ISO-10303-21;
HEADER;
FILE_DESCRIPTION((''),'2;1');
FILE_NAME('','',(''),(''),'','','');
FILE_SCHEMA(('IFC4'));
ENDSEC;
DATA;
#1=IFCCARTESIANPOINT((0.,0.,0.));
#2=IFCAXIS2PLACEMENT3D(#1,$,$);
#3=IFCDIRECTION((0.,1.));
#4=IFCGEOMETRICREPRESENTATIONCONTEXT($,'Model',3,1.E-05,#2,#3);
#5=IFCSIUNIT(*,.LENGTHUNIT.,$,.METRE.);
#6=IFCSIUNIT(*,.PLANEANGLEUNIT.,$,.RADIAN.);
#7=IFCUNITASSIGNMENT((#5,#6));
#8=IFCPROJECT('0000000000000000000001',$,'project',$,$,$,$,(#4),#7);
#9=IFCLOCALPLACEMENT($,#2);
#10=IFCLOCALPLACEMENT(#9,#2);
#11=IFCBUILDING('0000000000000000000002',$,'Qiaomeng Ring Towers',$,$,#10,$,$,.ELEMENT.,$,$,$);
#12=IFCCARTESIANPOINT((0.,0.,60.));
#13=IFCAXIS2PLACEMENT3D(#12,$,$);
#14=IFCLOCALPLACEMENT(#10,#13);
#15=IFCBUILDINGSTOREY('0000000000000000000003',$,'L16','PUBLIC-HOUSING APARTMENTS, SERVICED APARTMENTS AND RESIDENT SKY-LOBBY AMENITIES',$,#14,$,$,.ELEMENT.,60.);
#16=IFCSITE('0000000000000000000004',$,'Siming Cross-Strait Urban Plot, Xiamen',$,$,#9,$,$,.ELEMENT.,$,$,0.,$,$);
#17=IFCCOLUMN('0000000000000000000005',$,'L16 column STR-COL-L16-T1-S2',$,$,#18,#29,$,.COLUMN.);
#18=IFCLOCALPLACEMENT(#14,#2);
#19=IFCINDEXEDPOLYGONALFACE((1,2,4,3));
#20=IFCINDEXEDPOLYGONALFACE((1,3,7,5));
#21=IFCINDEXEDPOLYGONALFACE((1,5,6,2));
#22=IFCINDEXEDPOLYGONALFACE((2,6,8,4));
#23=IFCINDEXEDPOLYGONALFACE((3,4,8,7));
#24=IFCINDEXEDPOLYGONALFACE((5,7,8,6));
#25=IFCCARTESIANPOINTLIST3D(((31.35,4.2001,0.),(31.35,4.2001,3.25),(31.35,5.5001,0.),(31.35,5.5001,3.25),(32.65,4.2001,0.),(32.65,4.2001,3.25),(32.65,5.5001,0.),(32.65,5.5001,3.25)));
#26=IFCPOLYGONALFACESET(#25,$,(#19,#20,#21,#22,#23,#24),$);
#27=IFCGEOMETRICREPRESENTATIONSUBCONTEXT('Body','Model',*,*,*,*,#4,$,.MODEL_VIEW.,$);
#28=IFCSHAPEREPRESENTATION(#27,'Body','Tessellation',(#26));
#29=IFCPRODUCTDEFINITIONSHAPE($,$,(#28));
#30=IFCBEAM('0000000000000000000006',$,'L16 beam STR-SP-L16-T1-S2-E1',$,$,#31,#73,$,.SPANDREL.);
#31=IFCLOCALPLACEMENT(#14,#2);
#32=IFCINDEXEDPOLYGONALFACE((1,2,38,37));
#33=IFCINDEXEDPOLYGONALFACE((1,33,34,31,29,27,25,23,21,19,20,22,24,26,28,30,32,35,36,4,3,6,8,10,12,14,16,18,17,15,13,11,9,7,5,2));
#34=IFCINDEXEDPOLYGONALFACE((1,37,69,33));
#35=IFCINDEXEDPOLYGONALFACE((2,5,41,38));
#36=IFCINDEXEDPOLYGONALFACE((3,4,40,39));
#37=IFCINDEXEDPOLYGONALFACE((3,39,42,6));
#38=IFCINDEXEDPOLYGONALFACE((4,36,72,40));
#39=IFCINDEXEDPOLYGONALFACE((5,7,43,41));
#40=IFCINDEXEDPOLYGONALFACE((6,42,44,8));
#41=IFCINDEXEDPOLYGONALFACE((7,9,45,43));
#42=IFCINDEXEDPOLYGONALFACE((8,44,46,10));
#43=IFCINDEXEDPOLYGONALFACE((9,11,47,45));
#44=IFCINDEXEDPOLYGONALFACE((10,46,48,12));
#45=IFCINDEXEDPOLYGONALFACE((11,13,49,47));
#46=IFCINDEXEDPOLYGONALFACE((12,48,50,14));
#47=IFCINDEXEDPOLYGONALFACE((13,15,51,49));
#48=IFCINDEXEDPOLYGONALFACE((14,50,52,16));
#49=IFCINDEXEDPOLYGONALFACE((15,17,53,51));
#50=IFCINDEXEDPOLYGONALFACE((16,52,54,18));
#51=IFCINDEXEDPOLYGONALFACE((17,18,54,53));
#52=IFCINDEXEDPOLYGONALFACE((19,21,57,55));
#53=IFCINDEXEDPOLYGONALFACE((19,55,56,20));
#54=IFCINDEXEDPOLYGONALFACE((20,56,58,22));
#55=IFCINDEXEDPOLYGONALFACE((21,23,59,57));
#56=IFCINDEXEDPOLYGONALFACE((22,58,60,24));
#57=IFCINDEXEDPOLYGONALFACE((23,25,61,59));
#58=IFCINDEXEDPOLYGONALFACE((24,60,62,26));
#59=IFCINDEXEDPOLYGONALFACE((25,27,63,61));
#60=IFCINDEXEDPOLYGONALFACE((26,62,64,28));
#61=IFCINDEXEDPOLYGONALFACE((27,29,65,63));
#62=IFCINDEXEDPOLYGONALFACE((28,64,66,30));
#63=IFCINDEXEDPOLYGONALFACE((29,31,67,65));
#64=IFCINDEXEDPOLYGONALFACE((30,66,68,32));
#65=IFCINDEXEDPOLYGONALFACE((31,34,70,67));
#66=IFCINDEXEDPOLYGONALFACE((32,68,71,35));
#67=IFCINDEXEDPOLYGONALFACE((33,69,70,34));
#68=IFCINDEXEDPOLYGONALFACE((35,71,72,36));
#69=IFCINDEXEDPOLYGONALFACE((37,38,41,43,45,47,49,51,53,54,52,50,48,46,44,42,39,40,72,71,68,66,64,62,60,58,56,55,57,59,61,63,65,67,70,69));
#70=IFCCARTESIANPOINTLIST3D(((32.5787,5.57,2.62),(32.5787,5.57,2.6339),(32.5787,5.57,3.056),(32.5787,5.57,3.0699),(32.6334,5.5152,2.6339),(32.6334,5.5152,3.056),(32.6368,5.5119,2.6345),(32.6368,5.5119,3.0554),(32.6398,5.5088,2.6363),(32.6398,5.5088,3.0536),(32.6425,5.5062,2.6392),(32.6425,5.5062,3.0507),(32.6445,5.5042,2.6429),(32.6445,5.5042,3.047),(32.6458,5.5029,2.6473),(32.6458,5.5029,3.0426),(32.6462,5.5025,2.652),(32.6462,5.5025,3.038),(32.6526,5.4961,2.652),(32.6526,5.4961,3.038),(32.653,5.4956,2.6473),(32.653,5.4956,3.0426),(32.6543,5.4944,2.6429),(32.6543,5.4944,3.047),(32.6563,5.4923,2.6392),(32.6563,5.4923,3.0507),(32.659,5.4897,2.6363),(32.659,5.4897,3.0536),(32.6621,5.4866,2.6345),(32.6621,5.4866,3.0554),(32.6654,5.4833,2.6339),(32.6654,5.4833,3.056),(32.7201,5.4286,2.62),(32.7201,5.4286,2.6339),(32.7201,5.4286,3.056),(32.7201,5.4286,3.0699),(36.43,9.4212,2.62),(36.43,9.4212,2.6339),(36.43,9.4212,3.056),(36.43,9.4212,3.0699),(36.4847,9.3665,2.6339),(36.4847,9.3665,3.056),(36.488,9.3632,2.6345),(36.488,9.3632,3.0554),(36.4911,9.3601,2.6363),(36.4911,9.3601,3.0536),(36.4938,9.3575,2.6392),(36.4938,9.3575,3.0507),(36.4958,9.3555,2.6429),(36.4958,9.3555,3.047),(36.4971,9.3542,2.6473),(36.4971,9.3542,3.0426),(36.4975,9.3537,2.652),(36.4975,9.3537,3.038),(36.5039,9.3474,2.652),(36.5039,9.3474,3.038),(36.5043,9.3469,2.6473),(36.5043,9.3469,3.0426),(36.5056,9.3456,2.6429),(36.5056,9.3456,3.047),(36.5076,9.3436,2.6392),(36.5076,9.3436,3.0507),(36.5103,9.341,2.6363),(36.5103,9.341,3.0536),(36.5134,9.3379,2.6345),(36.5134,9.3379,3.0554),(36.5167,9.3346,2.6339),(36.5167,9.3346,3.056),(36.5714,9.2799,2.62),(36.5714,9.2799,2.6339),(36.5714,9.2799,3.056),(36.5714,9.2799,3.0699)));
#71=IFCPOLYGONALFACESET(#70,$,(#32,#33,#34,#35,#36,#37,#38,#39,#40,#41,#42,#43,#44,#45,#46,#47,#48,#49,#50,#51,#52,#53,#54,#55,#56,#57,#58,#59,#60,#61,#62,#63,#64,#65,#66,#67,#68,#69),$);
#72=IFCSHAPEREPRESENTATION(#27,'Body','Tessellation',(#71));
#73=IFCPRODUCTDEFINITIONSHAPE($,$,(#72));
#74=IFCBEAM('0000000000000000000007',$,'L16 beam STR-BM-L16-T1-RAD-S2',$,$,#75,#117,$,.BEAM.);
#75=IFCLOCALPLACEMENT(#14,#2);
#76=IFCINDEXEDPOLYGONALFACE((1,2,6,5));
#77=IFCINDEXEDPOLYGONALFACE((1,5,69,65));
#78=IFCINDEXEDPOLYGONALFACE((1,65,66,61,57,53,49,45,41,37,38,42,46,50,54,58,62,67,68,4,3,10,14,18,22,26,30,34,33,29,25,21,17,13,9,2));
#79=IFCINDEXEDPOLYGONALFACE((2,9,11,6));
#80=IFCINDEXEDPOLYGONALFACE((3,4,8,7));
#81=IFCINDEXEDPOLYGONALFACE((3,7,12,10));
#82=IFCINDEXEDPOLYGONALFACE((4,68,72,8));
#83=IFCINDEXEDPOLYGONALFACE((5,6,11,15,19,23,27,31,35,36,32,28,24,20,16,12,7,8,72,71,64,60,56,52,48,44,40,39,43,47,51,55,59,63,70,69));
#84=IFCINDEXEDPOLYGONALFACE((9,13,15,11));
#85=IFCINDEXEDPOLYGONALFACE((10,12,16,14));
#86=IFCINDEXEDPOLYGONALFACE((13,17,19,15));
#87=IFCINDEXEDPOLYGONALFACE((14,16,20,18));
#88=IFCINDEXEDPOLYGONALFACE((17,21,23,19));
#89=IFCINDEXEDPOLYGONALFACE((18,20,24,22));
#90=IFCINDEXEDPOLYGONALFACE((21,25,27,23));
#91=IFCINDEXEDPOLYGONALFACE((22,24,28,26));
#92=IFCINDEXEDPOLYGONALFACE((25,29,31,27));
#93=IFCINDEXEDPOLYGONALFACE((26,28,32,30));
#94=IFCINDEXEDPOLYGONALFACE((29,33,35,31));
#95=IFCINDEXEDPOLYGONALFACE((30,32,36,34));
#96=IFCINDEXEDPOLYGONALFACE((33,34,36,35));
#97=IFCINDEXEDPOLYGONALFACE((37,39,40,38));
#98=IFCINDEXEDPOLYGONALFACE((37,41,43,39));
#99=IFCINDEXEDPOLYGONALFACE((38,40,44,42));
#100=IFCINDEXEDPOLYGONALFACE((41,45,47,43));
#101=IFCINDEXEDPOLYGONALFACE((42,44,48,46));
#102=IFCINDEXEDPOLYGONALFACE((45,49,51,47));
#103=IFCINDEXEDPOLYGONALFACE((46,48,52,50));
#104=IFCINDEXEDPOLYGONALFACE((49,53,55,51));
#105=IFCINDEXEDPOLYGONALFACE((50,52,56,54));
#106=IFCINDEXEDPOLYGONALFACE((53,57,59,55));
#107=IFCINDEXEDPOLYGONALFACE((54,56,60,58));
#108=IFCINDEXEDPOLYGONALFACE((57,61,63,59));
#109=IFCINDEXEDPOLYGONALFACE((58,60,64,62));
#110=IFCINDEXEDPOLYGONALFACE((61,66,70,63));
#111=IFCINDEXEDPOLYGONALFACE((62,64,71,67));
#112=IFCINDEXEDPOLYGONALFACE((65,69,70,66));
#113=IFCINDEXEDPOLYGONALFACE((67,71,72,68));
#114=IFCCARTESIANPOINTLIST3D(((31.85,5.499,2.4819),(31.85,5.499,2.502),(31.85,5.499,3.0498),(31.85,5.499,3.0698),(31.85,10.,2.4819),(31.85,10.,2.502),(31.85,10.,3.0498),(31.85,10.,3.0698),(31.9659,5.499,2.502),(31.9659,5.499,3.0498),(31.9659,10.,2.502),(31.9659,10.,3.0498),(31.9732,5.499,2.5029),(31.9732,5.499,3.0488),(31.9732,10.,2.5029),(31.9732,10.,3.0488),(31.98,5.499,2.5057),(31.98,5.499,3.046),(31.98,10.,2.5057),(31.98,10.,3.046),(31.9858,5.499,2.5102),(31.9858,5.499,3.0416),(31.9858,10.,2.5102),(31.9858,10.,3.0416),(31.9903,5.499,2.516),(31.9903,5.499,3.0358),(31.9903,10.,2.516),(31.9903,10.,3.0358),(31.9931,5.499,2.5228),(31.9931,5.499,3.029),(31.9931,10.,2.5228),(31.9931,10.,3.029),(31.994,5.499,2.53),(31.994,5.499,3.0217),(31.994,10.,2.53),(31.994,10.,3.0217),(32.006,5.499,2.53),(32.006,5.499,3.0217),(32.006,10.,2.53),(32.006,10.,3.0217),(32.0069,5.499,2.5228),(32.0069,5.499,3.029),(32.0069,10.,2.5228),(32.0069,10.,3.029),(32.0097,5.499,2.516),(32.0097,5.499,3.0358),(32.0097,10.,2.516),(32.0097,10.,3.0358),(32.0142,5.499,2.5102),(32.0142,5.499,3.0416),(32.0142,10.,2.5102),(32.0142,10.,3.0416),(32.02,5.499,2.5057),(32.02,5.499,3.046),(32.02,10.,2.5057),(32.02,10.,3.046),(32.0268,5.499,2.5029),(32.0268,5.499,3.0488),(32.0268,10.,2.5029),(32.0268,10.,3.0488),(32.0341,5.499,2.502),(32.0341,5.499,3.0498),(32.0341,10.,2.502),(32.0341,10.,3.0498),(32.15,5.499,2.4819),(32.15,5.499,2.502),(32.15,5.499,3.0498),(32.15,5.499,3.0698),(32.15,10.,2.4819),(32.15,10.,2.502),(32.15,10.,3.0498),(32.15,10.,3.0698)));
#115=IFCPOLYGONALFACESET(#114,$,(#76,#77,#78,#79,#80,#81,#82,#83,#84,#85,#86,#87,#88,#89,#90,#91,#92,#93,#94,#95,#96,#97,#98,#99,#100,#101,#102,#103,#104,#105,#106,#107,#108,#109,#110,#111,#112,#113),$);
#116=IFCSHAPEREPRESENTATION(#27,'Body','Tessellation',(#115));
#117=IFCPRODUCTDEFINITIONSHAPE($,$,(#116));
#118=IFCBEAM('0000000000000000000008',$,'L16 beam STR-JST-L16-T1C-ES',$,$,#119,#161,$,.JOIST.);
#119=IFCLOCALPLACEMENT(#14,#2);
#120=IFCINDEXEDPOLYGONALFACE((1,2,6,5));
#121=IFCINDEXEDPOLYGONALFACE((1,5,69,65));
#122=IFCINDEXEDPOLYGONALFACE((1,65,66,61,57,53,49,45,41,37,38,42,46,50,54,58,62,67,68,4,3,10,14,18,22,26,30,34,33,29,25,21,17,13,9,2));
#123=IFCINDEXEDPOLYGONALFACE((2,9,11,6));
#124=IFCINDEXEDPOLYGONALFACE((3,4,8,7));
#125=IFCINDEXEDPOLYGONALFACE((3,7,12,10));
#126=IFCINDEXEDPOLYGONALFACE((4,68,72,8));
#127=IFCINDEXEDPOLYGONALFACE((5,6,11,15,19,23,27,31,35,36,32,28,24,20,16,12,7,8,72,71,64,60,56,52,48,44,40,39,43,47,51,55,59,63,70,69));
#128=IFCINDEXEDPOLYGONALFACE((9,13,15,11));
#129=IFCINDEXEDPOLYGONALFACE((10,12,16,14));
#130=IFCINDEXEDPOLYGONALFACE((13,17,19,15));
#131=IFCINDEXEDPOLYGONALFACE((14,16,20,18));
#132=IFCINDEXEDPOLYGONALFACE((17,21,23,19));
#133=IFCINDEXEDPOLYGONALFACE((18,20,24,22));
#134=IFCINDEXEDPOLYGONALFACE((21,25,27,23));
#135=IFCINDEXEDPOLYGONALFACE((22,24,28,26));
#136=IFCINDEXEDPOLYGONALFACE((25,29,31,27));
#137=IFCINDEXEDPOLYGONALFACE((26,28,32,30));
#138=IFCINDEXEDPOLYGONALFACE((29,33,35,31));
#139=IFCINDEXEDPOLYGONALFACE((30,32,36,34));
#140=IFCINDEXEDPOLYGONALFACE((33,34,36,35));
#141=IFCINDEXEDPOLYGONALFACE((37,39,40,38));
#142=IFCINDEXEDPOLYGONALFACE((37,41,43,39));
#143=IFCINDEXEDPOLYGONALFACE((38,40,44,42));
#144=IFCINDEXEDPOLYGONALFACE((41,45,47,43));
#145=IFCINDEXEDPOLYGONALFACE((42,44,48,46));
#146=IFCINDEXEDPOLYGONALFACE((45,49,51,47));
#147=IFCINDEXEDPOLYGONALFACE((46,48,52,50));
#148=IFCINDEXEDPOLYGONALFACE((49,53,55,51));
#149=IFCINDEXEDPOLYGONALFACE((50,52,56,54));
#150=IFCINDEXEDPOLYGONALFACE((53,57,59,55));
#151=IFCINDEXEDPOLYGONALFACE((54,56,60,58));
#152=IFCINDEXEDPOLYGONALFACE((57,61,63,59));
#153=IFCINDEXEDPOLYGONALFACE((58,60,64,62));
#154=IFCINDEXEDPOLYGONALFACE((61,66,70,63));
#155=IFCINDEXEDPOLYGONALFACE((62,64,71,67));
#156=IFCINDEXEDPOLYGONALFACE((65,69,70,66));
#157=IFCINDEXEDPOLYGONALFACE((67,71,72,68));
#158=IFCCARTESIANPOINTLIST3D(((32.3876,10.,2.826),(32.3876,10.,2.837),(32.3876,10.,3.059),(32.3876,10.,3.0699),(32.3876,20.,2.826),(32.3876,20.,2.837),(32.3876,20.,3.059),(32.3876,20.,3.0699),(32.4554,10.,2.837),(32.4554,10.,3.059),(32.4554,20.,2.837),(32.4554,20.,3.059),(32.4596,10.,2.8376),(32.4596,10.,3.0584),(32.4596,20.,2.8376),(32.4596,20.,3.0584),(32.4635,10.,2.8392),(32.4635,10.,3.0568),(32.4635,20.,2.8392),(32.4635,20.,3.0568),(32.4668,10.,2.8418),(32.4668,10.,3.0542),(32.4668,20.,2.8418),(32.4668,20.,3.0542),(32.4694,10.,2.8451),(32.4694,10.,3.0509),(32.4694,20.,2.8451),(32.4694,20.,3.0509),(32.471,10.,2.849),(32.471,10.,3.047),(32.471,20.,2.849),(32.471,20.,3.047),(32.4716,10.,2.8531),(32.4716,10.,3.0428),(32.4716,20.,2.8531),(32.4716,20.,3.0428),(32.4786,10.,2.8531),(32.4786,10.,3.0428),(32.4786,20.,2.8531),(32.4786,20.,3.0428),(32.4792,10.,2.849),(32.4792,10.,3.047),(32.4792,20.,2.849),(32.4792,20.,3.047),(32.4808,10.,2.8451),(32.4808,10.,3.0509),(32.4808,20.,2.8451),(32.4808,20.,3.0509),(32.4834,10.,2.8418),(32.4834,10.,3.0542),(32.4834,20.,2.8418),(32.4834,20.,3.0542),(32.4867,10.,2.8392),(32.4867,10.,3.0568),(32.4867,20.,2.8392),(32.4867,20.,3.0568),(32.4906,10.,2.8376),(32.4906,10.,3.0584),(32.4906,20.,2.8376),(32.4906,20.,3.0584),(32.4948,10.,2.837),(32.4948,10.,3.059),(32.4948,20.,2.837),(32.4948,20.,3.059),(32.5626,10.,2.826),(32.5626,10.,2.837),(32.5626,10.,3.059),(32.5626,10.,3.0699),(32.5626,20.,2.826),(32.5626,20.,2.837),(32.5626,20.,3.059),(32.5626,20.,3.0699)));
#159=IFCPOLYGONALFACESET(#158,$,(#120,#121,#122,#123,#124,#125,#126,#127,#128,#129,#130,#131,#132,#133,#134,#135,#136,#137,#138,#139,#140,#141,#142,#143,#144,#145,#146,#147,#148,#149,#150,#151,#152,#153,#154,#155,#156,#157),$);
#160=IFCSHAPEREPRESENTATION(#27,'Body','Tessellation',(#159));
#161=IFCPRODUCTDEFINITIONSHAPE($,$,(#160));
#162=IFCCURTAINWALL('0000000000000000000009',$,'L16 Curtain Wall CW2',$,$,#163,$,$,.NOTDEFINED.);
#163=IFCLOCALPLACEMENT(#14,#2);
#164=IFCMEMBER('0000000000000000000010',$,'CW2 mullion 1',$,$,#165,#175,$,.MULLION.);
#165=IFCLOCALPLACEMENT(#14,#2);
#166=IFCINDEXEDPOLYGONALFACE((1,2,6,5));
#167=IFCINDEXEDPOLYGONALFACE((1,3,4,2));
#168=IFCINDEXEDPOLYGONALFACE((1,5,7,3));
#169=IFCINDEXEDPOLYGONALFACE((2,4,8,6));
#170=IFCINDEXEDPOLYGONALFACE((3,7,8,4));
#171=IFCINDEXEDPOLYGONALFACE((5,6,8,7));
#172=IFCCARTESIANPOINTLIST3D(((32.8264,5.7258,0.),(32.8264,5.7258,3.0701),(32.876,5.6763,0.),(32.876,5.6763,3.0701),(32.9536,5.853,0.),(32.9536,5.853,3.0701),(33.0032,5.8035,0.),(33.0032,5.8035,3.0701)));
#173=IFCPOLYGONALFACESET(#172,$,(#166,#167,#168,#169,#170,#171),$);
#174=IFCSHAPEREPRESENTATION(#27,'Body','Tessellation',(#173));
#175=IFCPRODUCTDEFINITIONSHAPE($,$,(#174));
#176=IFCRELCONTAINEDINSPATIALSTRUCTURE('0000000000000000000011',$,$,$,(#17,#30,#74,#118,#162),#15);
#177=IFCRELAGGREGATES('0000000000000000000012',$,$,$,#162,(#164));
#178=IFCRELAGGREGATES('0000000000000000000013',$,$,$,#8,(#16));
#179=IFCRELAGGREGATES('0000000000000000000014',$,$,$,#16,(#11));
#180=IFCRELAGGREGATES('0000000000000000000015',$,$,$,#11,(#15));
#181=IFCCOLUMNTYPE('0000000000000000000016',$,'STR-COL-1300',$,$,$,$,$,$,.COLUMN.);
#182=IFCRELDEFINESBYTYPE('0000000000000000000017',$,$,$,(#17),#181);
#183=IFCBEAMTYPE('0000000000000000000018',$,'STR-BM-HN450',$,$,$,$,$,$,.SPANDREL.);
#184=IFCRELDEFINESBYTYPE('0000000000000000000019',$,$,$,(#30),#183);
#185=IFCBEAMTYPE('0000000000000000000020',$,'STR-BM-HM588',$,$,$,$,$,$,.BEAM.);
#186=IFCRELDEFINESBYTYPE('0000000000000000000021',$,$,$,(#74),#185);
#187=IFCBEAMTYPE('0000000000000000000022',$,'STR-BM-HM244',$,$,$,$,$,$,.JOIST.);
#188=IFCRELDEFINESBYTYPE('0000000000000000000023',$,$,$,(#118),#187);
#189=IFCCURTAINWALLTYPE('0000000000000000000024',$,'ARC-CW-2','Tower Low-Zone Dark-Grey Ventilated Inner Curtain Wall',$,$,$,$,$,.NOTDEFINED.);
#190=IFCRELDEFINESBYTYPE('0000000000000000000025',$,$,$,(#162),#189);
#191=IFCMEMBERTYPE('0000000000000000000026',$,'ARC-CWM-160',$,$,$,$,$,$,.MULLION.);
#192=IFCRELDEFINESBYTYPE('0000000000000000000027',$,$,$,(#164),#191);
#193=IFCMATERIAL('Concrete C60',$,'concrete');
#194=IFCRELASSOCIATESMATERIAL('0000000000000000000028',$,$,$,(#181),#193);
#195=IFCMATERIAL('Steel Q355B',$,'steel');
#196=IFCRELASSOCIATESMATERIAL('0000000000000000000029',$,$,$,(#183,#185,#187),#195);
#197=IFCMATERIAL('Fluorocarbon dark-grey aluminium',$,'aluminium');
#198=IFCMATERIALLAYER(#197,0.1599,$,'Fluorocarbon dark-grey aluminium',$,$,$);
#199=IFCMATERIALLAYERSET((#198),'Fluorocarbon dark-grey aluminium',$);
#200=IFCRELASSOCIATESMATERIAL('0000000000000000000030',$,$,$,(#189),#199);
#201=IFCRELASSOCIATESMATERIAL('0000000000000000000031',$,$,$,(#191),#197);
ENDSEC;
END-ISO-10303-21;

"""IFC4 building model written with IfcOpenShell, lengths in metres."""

from ifc_helpers import new_model, si_unit, direction, frame, origin, origin_2d, place, context, subcontext, project, spatial, rectangle, i_section, extrude, source, transform, mapped, material, layer, layer_set, material_profile, profile_set, type_object, element, aggregate, save


model = new_model("IFC4")

# Units and contexts
model_context = context("Model", 3, precision=1e-05, world=origin(), true_north=direction((0.0, 1.0)))
body_context = subcontext(model_context, "Body", "Model", "MODEL_VIEW")
ifc_project = project(units=[si_unit("LENGTHUNIT", "METRE"), si_unit("PLANEANGLEUNIT", "RADIAN")], contexts=[model_context])

# Site, building, storey
site_placement = place(None, origin())
site = spatial("IfcSite", under=ifc_project, at=site_placement, Name="Siming Cross-Strait Urban Plot, Xiamen", CompositionType="ELEMENT", RefElevation=0.0)
building_placement = place(site_placement, origin())
building = spatial("IfcBuilding", under=site, at=building_placement, Name="Qiaomeng Ring Towers", CompositionType="ELEMENT")
storey_placement = place(building_placement, frame((0.0, 0.0, 60.0)))
storey = spatial("IfcBuildingStorey", under=building, at=storey_placement, Name="L16", Description="PUBLIC-HOUSING APARTMENTS, SERVICED APARTMENTS AND RESIDENT SKY-LOBBY AMENITIES", CompositionType="ELEMENT", Elevation=60.0)

# Column
ifc_material_1 = material(Name="Concrete C60", Category="concrete")
ifc_material_profile_1 = material_profile(ifc_material_1, rectangle(XDim=1.3, YDim=1.3, at=origin_2d()), Name="RC COL 1300x1300")
ifc_profile_set_1 = profile_set([ifc_material_profile_1], Name="Concrete C60")
column_type = type_object("IfcColumnType", Name="STR-COL-1300", PredefinedType="COLUMN", material=ifc_profile_set_1)
shared_shape_1 = source(origin(), body_context, "Body", "SweptSolid", [
    extrude(rectangle(XDim=1.3, YDim=1.3, at=origin_2d()), origin(), (0.0, 0.0, 1.0), 3.25),
])
column_placement = place(storey_placement, frame((32.0, 4.8501, 0.0), z_axis=(0.0, 0.0, 1.0), x_axis=(1.0, 0.0, 0.0)))
element("IfcColumn", 1, at=column_placement, inside=storey, type_object=column_type, Name="L16 column STR-COL-L16-T1-S2", PredefinedType="COLUMN", context=body_context, shape_type="MappedRepresentation", body=[
    mapped(shared_shape_1, transform((0.0, 0.0, 0.0), x_axis=(1.0, 0.0, 0.0), y_axis=(0.0, 1.0, 0.0), z_axis=(0.0, 0.0, 1.0), scale=1.0)),
])

# Beams
ifc_material_2 = material(Name="Steel Q355B", Category="steel")
ifc_material_profile_2 = material_profile(ifc_material_2, i_section(OverallWidth=0.2, OverallDepth=0.45, WebThickness=0.009, FlangeThickness=0.0139, FilletRadius=0.0181, at=origin_2d()), Name="HN 450x200x9x14")
ifc_profile_set_2 = profile_set([ifc_material_profile_2], Name="Steel Q355B")
beam_type_1 = type_object("IfcBeamType", Name="STR-BM-HN450", PredefinedType="SPANDREL", material=ifc_profile_set_2)
shared_shape_2 = source(origin(), body_context, "Body", "SweptSolid", [
    extrude(i_section(OverallWidth=0.2, OverallDepth=0.45, WebThickness=0.009, FlangeThickness=0.0139, FilletRadius=0.0181, at=origin_2d()), origin(), (0.0, 0.0, 1.0), 5.4465),
])
beam_1_placement = place(storey_placement, frame((32.6494, 5.4993, 2.845), z_axis=(0.707107, 0.707107, 0.0), x_axis=(-0.707107, 0.707107, 0.0)))
element("IfcBeam", 2, at=beam_1_placement, inside=storey, type_object=beam_type_1, Name="L16 beam STR-SP-L16-T1-S2-E1", PredefinedType="SPANDREL", context=body_context, shape_type="MappedRepresentation", body=[
    mapped(shared_shape_2, transform((0.0, 0.0, 0.0), x_axis=(1.0, 0.0, 0.0), y_axis=(0.0, 1.0, 0.0), z_axis=(0.0, 0.0, 1.0), scale=1.0)),
])
ifc_material_profile_3 = material_profile(ifc_material_2, i_section(OverallWidth=0.3, OverallDepth=0.5879, WebThickness=0.012, FlangeThickness=0.02, FilletRadius=0.0281, at=origin_2d()), Name="HM 588x300x12x20")
ifc_profile_set_3 = profile_set([ifc_material_profile_3], Name="Steel Q355B")
beam_type_2 = type_object("IfcBeamType", Name="STR-BM-HM588", PredefinedType="BEAM", material=ifc_profile_set_3)
shared_shape_3 = source(origin(), body_context, "Body", "SweptSolid", [
    extrude(i_section(OverallWidth=0.3, OverallDepth=0.5879, WebThickness=0.012, FlangeThickness=0.02, FilletRadius=0.0281, at=origin_2d()), origin(), (0.0, 0.0, 1.0), 4.501),
])
beam_2_placement = place(storey_placement, frame((32.0, 5.499, 2.7759), z_axis=(0.0, 1.0, 0.0), x_axis=(-1.0, 0.0, 0.0)))
element("IfcBeam", 3, at=beam_2_placement, inside=storey, type_object=beam_type_2, Name="L16 beam STR-BM-L16-T1-RAD-S2", PredefinedType="BEAM", context=body_context, shape_type="MappedRepresentation", body=[
    mapped(shared_shape_3, transform((0.0, 0.0, 0.0), x_axis=(1.0, 0.0, 0.0), y_axis=(0.0, 1.0, 0.0), z_axis=(0.0, 0.0, 1.0), scale=1.0)),
])
ifc_material_profile_4 = material_profile(ifc_material_2, i_section(OverallWidth=0.175, OverallDepth=0.2439, WebThickness=0.0071, FlangeThickness=0.011, FilletRadius=0.0161, at=origin_2d()), Name="HM 244x175x7x11")
ifc_profile_set_4 = profile_set([ifc_material_profile_4], Name="Steel Q355B")
beam_type_3 = type_object("IfcBeamType", Name="STR-BM-HM244", PredefinedType="JOIST", material=ifc_profile_set_4)
shared_shape_4 = source(origin(), body_context, "Body", "SweptSolid", [
    extrude(i_section(OverallWidth=0.175, OverallDepth=0.2439, WebThickness=0.0071, FlangeThickness=0.011, FilletRadius=0.0161, at=origin_2d()), origin(), (0.0, 0.0, 1.0), 10.0),
])
beam_3_placement = place(storey_placement, frame((32.4751, 10.0, 2.948), z_axis=(0.0, 1.0, 0.0), x_axis=(-1.0, 0.0, 0.0)))
element("IfcBeam", 4, at=beam_3_placement, inside=storey, type_object=beam_type_3, Name="L16 beam STR-JST-L16-T1C-ES", PredefinedType="JOIST", context=body_context, shape_type="MappedRepresentation", body=[
    mapped(shared_shape_4, transform((0.0, 0.0, 0.0), x_axis=(1.0, 0.0, 0.0), y_axis=(0.0, 1.0, 0.0), z_axis=(0.0, 0.0, 1.0), scale=1.0)),
])

# Curtain wall, member
ifc_material_3 = material(Name="Fluorocarbon dark-grey aluminium", Category="aluminium")
ifc_layer_1 = layer(ifc_material_3, 0.1599, Name="Fluorocarbon dark-grey aluminium")
ifc_layer_set_1 = layer_set([ifc_layer_1], Name="Fluorocarbon dark-grey aluminium")
curtain_wall_type = type_object("IfcCurtainWallType", Name="ARC-CW-2", Description="Tower Low-Zone Dark-Grey Ventilated Inner Curtain Wall", PredefinedType="NOTDEFINED", material=ifc_layer_set_1)
curtain_wall_placement = place(storey_placement, origin())
curtain_wall = element("IfcCurtainWall", 5, at=curtain_wall_placement, inside=storey, type_object=curtain_wall_type, Name="L16 Curtain Wall CW2", PredefinedType="NOTDEFINED")
ifc_material_profile_5 = material_profile(ifc_material_3, rectangle(XDim=0.0701, YDim=0.1799, at=origin_2d()), Name="ALU MULL 70x180")
ifc_profile_set_5 = profile_set([ifc_material_profile_5], Name="Fluorocarbon dark-grey aluminium")
member_type_1 = type_object("IfcMemberType", Name="ARC-CWM-160", PredefinedType="MULLION", material=ifc_profile_set_5)
shared_shape_5 = source(origin(), body_context, "Body", "SweptSolid", [
    extrude(rectangle(XDim=0.0701, YDim=0.1799, at=origin_2d()), origin(), (0.0, 0.0, 1.0), 3.0701),
])
member_1_placement = place(storey_placement, frame((32.9148, 5.7646, 0.0), z_axis=(0.0, 0.0, 1.0), x_axis=(-0.707107, 0.707107, 0.0)))
member_1 = element("IfcMember", 6, at=member_1_placement, type_object=member_type_1, Name="CW2 mullion 1", PredefinedType="MULLION", context=body_context, shape_type="MappedRepresentation", body=[
    mapped(shared_shape_5, transform((0.0, 0.0, 0.0), x_axis=(1.0, 0.0, 0.0), y_axis=(0.0, 1.0, 0.0), z_axis=(0.0, 0.0, 1.0), scale=1.0)),
])
aggregate(curtain_wall, [member_1])

save(model, "model.ifc")
